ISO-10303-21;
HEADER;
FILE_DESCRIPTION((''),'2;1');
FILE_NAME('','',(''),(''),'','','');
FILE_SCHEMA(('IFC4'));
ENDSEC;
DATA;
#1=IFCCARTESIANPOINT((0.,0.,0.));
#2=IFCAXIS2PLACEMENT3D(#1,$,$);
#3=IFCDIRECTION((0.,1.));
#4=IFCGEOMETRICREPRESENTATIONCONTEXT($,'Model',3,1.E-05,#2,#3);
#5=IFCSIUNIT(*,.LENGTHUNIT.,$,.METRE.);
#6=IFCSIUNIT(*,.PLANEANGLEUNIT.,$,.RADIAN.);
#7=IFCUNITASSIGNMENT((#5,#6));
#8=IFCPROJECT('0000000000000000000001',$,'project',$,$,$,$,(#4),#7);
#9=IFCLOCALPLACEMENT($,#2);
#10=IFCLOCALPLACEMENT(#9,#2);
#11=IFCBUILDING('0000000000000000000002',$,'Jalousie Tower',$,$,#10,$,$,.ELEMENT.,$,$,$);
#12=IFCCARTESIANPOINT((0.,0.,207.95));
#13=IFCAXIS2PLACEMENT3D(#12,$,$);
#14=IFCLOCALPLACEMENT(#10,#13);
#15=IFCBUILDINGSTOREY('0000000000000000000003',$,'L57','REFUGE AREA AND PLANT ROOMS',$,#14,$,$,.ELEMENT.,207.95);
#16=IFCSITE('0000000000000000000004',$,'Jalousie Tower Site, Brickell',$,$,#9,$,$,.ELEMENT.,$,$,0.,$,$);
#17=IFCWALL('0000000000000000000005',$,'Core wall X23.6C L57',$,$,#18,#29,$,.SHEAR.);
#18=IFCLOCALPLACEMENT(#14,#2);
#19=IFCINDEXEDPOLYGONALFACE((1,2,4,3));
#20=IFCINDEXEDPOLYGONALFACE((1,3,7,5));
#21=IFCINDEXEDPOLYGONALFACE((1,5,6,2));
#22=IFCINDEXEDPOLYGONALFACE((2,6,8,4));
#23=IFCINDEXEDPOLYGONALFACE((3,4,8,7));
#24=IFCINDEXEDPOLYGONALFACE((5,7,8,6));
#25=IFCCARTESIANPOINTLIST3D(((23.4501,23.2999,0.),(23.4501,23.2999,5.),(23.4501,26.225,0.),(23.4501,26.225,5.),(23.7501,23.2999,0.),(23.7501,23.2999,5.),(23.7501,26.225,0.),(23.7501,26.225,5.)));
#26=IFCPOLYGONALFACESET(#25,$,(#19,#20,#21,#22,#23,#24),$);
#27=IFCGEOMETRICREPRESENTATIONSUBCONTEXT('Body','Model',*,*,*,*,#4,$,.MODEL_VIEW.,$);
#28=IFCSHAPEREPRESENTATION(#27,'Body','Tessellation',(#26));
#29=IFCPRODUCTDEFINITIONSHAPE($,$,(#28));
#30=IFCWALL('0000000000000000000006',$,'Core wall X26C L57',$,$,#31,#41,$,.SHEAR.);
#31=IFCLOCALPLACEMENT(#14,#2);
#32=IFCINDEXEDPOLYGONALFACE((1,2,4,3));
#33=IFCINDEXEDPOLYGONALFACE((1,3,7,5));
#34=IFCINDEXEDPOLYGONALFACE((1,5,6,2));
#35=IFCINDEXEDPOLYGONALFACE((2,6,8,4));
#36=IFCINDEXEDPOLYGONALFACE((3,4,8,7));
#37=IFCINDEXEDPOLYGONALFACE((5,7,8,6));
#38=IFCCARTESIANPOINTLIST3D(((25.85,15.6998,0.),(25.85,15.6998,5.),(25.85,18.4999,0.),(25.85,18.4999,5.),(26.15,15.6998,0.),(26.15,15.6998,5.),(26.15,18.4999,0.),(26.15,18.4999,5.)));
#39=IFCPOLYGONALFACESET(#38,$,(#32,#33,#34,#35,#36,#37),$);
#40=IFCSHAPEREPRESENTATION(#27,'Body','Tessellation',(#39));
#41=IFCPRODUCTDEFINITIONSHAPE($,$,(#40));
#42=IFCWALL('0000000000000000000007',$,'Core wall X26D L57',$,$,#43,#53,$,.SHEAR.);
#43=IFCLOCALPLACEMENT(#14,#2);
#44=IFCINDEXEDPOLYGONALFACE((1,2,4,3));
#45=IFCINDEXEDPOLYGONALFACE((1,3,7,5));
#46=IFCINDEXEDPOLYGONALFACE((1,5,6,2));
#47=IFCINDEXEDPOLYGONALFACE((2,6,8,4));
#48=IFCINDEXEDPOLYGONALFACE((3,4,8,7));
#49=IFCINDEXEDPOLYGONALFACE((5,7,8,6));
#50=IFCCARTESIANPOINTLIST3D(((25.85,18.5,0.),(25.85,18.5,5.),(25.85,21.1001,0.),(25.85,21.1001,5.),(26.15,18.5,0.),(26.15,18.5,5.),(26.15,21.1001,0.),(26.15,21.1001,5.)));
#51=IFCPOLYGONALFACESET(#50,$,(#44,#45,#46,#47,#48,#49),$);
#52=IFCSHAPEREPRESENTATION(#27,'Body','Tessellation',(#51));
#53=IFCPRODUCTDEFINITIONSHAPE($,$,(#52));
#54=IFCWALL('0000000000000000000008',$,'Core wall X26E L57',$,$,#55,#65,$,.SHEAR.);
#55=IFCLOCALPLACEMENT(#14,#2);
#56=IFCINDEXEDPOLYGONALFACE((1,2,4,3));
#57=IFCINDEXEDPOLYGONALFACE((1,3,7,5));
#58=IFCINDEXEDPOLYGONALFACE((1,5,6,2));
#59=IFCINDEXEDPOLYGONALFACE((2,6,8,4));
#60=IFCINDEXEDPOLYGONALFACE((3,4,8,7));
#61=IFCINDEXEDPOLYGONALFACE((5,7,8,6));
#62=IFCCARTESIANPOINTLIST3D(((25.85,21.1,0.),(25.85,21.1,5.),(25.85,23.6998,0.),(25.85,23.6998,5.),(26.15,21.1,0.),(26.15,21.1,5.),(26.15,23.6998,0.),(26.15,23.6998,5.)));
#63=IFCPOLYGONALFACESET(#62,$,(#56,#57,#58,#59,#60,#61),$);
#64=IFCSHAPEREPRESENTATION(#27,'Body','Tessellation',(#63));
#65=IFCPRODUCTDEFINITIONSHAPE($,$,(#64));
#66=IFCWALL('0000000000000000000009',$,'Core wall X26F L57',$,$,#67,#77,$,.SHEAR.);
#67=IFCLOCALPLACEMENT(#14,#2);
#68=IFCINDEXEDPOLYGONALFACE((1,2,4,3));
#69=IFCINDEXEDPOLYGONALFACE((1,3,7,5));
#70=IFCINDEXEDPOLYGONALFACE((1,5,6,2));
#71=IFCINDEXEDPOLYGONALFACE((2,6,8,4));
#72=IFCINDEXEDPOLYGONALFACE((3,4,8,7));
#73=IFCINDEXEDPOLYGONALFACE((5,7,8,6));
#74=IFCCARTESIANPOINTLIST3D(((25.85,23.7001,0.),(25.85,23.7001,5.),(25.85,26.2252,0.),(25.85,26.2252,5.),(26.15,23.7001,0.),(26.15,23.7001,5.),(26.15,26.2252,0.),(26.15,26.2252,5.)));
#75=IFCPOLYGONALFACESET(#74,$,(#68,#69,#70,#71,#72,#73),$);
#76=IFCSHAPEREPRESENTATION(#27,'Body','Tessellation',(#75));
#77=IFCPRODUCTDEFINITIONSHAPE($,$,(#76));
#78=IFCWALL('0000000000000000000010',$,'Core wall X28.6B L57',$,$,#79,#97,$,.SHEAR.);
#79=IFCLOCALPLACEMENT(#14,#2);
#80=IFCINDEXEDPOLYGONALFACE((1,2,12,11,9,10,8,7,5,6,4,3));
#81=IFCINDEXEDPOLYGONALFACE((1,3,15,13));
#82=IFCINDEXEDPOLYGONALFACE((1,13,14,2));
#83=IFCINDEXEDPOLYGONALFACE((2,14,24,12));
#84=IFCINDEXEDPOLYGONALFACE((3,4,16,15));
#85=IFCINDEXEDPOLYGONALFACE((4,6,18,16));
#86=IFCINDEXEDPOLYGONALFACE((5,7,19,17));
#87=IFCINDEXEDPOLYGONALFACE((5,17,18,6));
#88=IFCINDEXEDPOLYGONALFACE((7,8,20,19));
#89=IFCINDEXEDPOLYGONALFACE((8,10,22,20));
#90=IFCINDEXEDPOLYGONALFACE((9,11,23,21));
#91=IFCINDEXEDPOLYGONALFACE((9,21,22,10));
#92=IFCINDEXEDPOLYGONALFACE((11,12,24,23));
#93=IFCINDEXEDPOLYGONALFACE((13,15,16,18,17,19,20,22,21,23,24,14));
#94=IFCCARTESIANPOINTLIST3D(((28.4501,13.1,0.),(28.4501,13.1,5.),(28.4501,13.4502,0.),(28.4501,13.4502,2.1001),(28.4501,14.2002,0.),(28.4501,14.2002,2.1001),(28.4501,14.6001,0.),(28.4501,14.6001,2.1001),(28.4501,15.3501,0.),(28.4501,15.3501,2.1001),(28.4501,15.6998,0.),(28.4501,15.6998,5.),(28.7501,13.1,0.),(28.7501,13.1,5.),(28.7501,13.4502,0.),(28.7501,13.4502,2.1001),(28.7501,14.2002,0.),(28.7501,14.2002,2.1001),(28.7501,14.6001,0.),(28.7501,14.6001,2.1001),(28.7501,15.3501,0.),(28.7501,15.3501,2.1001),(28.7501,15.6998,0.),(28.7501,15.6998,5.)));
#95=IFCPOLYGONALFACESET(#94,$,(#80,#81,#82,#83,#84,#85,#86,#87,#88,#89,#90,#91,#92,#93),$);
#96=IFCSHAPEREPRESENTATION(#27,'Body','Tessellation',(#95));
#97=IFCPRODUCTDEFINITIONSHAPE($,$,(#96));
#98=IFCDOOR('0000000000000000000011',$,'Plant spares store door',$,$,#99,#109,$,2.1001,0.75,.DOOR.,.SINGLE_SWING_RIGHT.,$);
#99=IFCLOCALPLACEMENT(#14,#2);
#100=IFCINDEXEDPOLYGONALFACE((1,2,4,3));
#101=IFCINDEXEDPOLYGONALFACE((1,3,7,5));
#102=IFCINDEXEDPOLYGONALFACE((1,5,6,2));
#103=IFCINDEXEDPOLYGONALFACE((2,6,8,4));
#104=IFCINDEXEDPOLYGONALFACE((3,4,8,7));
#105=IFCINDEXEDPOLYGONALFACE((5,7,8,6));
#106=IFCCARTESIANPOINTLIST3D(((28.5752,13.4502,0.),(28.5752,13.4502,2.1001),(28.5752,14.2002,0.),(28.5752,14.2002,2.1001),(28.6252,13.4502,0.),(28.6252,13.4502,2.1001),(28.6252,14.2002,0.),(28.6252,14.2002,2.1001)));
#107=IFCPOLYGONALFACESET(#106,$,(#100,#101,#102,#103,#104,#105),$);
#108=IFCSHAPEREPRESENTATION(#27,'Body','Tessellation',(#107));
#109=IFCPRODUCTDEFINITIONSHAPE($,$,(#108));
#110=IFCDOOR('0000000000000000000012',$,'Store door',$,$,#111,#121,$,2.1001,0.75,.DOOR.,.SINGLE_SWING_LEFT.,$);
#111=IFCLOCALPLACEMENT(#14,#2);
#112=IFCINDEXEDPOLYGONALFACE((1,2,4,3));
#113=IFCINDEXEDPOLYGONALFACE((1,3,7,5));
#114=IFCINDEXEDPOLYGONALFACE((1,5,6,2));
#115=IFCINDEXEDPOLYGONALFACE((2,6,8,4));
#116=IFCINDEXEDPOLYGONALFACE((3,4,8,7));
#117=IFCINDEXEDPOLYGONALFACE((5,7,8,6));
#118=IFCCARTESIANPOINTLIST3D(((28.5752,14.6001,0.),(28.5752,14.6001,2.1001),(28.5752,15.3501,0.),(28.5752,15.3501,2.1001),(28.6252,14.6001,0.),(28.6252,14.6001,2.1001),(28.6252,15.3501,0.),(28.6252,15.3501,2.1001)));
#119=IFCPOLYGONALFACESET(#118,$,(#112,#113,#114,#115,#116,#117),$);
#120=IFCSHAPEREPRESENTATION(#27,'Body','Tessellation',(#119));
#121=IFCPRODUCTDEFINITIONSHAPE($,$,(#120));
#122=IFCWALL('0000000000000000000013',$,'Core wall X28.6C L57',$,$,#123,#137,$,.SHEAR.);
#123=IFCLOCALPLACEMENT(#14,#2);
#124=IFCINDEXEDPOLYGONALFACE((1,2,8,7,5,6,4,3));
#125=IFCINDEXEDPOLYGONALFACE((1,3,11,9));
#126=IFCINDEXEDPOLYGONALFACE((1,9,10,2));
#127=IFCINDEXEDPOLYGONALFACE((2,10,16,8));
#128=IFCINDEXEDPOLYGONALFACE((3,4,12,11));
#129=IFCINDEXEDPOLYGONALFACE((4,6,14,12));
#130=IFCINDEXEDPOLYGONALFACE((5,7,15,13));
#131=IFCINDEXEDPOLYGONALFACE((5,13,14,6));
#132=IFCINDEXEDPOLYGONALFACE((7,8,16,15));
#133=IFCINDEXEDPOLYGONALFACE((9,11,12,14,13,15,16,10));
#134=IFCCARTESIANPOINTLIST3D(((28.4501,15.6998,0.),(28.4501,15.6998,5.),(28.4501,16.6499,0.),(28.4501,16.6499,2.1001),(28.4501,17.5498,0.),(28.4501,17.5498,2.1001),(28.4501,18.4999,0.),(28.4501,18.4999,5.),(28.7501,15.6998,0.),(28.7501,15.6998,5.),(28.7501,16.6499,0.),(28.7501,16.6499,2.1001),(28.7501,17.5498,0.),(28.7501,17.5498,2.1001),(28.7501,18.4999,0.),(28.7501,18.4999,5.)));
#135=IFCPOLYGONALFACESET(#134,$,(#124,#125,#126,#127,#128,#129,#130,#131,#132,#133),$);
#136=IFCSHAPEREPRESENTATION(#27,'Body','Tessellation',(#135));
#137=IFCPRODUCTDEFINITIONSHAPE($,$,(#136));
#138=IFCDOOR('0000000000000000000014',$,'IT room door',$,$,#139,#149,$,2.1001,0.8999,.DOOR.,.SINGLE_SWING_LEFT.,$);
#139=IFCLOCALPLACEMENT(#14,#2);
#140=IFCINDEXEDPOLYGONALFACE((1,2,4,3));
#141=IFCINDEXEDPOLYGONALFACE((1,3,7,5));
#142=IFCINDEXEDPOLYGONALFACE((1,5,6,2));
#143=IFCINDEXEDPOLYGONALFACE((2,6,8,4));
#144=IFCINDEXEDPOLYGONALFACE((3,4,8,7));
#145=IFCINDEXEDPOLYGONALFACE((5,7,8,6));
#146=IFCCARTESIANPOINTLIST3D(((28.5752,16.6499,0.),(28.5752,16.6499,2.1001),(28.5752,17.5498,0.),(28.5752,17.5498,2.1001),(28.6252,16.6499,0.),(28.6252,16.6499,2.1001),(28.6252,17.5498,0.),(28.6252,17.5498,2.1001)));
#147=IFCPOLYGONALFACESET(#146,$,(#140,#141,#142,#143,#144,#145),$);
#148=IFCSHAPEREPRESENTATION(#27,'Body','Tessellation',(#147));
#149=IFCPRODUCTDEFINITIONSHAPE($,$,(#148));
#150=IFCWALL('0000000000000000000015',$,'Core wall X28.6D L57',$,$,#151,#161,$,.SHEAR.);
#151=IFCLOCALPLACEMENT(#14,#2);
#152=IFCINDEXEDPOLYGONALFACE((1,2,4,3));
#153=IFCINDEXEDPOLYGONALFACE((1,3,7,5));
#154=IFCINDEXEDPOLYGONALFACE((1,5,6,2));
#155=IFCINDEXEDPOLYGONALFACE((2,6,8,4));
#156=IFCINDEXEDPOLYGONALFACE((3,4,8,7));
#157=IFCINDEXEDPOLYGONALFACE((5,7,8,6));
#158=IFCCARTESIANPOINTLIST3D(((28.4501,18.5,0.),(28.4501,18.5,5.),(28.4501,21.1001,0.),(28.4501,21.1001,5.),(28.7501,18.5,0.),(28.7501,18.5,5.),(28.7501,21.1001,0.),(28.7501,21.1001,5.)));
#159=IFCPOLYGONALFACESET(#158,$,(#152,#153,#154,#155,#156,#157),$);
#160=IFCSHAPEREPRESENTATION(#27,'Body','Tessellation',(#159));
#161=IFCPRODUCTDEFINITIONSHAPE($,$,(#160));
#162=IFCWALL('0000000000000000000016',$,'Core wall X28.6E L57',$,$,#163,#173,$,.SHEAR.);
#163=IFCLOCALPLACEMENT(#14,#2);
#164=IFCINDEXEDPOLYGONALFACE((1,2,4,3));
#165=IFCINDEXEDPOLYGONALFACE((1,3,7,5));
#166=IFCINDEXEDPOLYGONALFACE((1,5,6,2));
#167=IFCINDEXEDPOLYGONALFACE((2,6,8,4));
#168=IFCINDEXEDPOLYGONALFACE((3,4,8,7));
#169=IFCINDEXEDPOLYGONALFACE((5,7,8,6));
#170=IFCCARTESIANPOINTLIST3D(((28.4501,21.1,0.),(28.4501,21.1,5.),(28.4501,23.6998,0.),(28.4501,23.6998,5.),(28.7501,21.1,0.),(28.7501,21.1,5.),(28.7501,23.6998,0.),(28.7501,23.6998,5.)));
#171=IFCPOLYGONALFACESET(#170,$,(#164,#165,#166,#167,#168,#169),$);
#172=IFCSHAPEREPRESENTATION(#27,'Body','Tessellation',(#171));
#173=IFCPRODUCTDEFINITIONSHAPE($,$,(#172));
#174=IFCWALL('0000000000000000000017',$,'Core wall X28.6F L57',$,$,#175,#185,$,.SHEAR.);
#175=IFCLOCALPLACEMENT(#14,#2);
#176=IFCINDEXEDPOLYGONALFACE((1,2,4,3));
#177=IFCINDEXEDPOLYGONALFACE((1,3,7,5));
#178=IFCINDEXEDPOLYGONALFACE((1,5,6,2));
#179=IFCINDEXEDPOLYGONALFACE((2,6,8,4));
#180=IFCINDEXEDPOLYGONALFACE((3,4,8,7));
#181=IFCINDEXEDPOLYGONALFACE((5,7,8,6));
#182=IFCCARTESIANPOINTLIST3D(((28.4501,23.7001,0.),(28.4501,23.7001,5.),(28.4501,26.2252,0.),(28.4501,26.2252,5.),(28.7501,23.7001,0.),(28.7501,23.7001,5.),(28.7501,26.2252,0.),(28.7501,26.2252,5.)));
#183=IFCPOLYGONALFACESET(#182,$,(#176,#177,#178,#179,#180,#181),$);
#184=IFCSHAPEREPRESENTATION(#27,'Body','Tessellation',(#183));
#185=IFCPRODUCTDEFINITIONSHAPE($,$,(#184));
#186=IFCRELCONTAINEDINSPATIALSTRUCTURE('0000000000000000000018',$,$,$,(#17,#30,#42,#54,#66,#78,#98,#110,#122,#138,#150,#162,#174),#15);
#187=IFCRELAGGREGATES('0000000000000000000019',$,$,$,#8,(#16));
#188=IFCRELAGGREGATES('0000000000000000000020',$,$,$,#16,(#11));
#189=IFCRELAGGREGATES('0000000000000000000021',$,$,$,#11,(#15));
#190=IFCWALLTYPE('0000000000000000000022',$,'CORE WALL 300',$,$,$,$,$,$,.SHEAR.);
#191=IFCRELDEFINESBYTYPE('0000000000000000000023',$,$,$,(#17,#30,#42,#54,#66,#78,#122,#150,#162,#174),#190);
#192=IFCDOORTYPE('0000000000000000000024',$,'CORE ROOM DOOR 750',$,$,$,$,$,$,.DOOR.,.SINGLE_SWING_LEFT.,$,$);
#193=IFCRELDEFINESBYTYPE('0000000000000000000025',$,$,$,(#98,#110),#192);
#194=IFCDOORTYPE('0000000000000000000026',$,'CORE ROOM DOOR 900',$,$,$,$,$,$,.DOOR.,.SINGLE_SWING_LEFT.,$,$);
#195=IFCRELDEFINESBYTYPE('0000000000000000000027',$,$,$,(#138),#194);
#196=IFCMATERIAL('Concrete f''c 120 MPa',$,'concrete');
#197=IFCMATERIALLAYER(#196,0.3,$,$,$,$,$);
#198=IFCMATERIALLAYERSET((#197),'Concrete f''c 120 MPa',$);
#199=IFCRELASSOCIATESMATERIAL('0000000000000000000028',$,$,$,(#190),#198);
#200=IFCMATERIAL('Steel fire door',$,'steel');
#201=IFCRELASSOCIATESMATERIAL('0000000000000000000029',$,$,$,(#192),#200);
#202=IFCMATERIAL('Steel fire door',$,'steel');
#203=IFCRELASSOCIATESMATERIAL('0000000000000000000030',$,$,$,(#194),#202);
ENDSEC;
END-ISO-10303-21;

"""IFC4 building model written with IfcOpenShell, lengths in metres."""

from ifc_helpers import new_model, si_unit, direction, frame, frame_2d, origin, place, context, subcontext, project, spatial, rectangle, extrude, material, layer, layer_set, type_object, element, fill, save


model = new_model("IFC4")

# Units and contexts
model_context = context("Model", 3, precision=1e-05, world=origin(), true_north=direction((0.0, 1.0)))
body_context = subcontext(model_context, "Body", "Model", "MODEL_VIEW")
ifc_project = project(units=[si_unit("LENGTHUNIT", "METRE"), si_unit("PLANEANGLEUNIT", "RADIAN")], contexts=[model_context])

# Site, building, storey
site_placement = place(None, origin())
site = spatial("IfcSite", under=ifc_project, at=site_placement, Name="Jalousie Tower Site, Brickell", CompositionType="ELEMENT", RefElevation=0.0)
building_placement = place(site_placement, origin())
building = spatial("IfcBuilding", under=site, at=building_placement, Name="Jalousie Tower", CompositionType="ELEMENT")
storey_placement = place(building_placement, frame((0.0, 0.0, 207.95)))
storey = spatial("IfcBuildingStorey", under=building, at=storey_placement, Name="L57", Description="REFUGE AREA AND PLANT ROOMS", CompositionType="ELEMENT", Elevation=207.95)

# Walls
ifc_material_1 = material(Name="Concrete f'c 120 MPa", Category="concrete")
ifc_layer = layer(ifc_material_1, 0.3)
ifc_layer_set = layer_set([ifc_layer], Name="Concrete f'c 120 MPa")
wall_type_1 = type_object("IfcWallType", Name="CORE WALL 300", PredefinedType="SHEAR", material=ifc_layer_set)
wall_1_placement = place(storey_placement, frame((23.6001, 23.3, 0.0), z_axis=(0.0, 0.0, 1.0), x_axis=(0.0, 1.0, 0.0)))
element("IfcWall", 1, at=wall_1_placement, inside=storey, type_object=wall_type_1, Name="Core wall X23.6C L57", PredefinedType="SHEAR", context=body_context, shape_type="SweptSolid", body=[
    extrude(rectangle(XDim=2.925, YDim=0.3, at=frame_2d((1.4624, 0.0))), origin(), (0.0, 0.0, 1.0), 5.0),
])
wall_2_placement = place(storey_placement, frame((26.0, 15.7, 0.0), z_axis=(0.0, 0.0, 1.0), x_axis=(0.0, 1.0, 0.0)))
element("IfcWall", 2, at=wall_2_placement, inside=storey, type_object=wall_type_1, Name="Core wall X26C L57", PredefinedType="SHEAR", context=body_context, shape_type="SweptSolid", body=[
    extrude(rectangle(XDim=2.8, YDim=0.3, at=frame_2d((1.3999, 0.0))), origin(), (0.0, 0.0, 1.0), 5.0),
])
wall_3_placement = place(storey_placement, frame((26.0, 18.5, 0.0), z_axis=(0.0, 0.0, 1.0), x_axis=(0.0, 1.0, 0.0)))
element("IfcWall", 3, at=wall_3_placement, inside=storey, type_object=wall_type_1, Name="Core wall X26D L57", PredefinedType="SHEAR", context=body_context, shape_type="SweptSolid", body=[
    extrude(rectangle(XDim=2.6001, YDim=0.3, at=frame_2d((1.3, 0.0))), origin(), (0.0, 0.0, 1.0), 5.0),
])
wall_4_placement = place(storey_placement, frame((26.0, 21.1001, 0.0), z_axis=(0.0, 0.0, 1.0), x_axis=(0.0, 1.0, 0.0)))
element("IfcWall", 4, at=wall_4_placement, inside=storey, type_object=wall_type_1, Name="Core wall X26E L57", PredefinedType="SHEAR", context=body_context, shape_type="SweptSolid", body=[
    extrude(rectangle(XDim=2.5999, YDim=0.3, at=frame_2d((1.2998, 0.0))), origin(), (0.0, 0.0, 1.0), 5.0),
])
wall_5_placement = place(storey_placement, frame((26.0, 23.7, 0.0), z_axis=(0.0, 0.0, 1.0), x_axis=(0.0, 1.0, 0.0)))
element("IfcWall", 5, at=wall_5_placement, inside=storey, type_object=wall_type_1, Name="Core wall X26F L57", PredefinedType="SHEAR", context=body_context, shape_type="SweptSolid", body=[
    extrude(rectangle(XDim=2.5251, YDim=0.3, at=frame_2d((1.2627, 0.0))), origin(), (0.0, 0.0, 1.0), 5.0),
])

# Wall, openings, doors
wall_6_placement = place(storey_placement, frame((28.6001, 13.1001, 0.0), z_axis=(0.0, 0.0, 1.0), x_axis=(0.0, 1.0, 0.0)))
wall_6 = element("IfcWall", 6, at=wall_6_placement, inside=storey, type_object=wall_type_1, Name="Core wall X28.6B L57", PredefinedType="SHEAR", context=body_context, shape_type="SweptSolid", body=[
    extrude(rectangle(XDim=2.5999, YDim=0.3, at=frame_2d((1.2998, 0.0))), origin(), (0.0, 0.0, 1.0), 5.0),
])
opening_1_placement = place(wall_6_placement, frame((0.3501, 0.0, 0.0)))
opening_1 = element("IfcOpeningElement", 7, at=opening_1_placement, cuts=wall_6, PredefinedType="OPENING", context=body_context, shape_type="SweptSolid", body=[
    extrude(rectangle(XDim=0.75, YDim=2.1001, at=frame_2d((0.375, 1.05))), frame((0.0, 0.1599, 0.0), z_axis=(0.0, -1.0, 0.0), x_axis=(1.0, 0.0, 0.0)), (0.0, 0.0, 1.0), 0.3201),
])
opening_2_placement = place(wall_6_placement, frame((1.5, 0.0, 0.0)))
opening_2 = element("IfcOpeningElement", 8, at=opening_2_placement, cuts=wall_6, PredefinedType="OPENING", context=body_context, shape_type="SweptSolid", body=[
    extrude(rectangle(XDim=0.75, YDim=2.1001, at=frame_2d((0.375, 1.05))), frame((0.0, 0.1599, 0.0), z_axis=(0.0, -1.0, 0.0), x_axis=(1.0, 0.0, 0.0)), (0.0, 0.0, 1.0), 0.3201),
])
ifc_material_2 = material(Name="Steel fire door", Category="steel")
door_type_1 = type_object("IfcDoorType", Name="CORE ROOM DOOR 750", OperationType="SINGLE_SWING_LEFT", PredefinedType="DOOR", material=ifc_material_2)
door_1_placement = place(opening_1_placement, origin())
door_1 = element("IfcDoor", 9, at=door_1_placement, inside=storey, type_object=door_type_1, Name="Plant spares store door", OperationType="SINGLE_SWING_RIGHT", OverallHeight=2.1001, OverallWidth=0.75, PredefinedType="DOOR", context=body_context, shape_type="SweptSolid", body=[
    extrude(rectangle(XDim=0.75, YDim=2.1001, at=frame_2d((0.375, 1.05))), frame((0.0, 0.0249, 0.0), z_axis=(0.0, -1.0, 0.0), x_axis=(1.0, 0.0, 0.0)), (0.0, 0.0, 1.0), 0.05),
])
fill(opening_1, door_1)
door_2_placement = place(opening_2_placement, origin())
door_2 = element("IfcDoor", 10, at=door_2_placement, inside=storey, type_object=door_type_1, Name="Store door", OperationType="SINGLE_SWING_LEFT", OverallHeight=2.1001, OverallWidth=0.75, PredefinedType="DOOR", context=body_context, shape_type="SweptSolid", body=[
    extrude(rectangle(XDim=0.75, YDim=2.1001, at=frame_2d((0.375, 1.05))), frame((0.0, 0.0249, 0.0), z_axis=(0.0, -1.0, 0.0), x_axis=(1.0, 0.0, 0.0)), (0.0, 0.0, 1.0), 0.05),
])
fill(opening_2, door_2)

# Wall, opening, door
wall_7_placement = place(storey_placement, frame((28.6001, 15.7, 0.0), z_axis=(0.0, 0.0, 1.0), x_axis=(0.0, 1.0, 0.0)))
wall_7 = element("IfcWall", 11, at=wall_7_placement, inside=storey, type_object=wall_type_1, Name="Core wall X28.6C L57", PredefinedType="SHEAR", context=body_context, shape_type="SweptSolid", body=[
    extrude(rectangle(XDim=2.8, YDim=0.3, at=frame_2d((1.3999, 0.0))), origin(), (0.0, 0.0, 1.0), 5.0),
])
opening_3_placement = place(wall_7_placement, frame((0.95, 0.0, 0.0)))
opening_3 = element("IfcOpeningElement", 12, at=opening_3_placement, cuts=wall_7, PredefinedType="OPENING", context=body_context, shape_type="SweptSolid", body=[
    extrude(rectangle(XDim=0.8999, YDim=2.1001, at=frame_2d((0.45, 1.05))), frame((0.0, 0.1599, 0.0), z_axis=(0.0, -1.0, 0.0), x_axis=(1.0, 0.0, 0.0)), (0.0, 0.0, 1.0), 0.3201),
])
ifc_material_3 = material(Name="Steel fire door", Category="steel")
door_type_2 = type_object("IfcDoorType", Name="CORE ROOM DOOR 900", OperationType="SINGLE_SWING_LEFT", PredefinedType="DOOR", material=ifc_material_3)
door_3_placement = place(opening_3_placement, origin())
door_3 = element("IfcDoor", 13, at=door_3_placement, inside=storey, type_object=door_type_2, Name="IT room door", OperationType="SINGLE_SWING_LEFT", OverallHeight=2.1001, OverallWidth=0.8999, PredefinedType="DOOR", context=body_context, shape_type="SweptSolid", body=[
    extrude(rectangle(XDim=0.8999, YDim=2.1001, at=frame_2d((0.45, 1.05))), frame((0.0, 0.0249, 0.0), z_axis=(0.0, -1.0, 0.0), x_axis=(1.0, 0.0, 0.0)), (0.0, 0.0, 1.0), 0.05),
])
fill(opening_3, door_3)

# Walls
wall_8_placement = place(storey_placement, frame((28.6001, 18.5, 0.0), z_axis=(0.0, 0.0, 1.0), x_axis=(0.0, 1.0, 0.0)))
element("IfcWall", 14, at=wall_8_placement, inside=storey, type_object=wall_type_1, Name="Core wall X28.6D L57", PredefinedType="SHEAR", context=body_context, shape_type="SweptSolid", body=[
    extrude(rectangle(XDim=2.6001, YDim=0.3, at=frame_2d((1.3, 0.0))), origin(), (0.0, 0.0, 1.0), 5.0),
])
wall_9_placement = place(storey_placement, frame((28.6001, 21.1001, 0.0), z_axis=(0.0, 0.0, 1.0), x_axis=(0.0, 1.0, 0.0)))
element("IfcWall", 15, at=wall_9_placement, inside=storey, type_object=wall_type_1, Name="Core wall X28.6E L57", PredefinedType="SHEAR", context=body_context, shape_type="SweptSolid", body=[
    extrude(rectangle(XDim=2.5999, YDim=0.3, at=frame_2d((1.2998, 0.0))), origin(), (0.0, 0.0, 1.0), 5.0),
])
wall_10_placement = place(storey_placement, frame((28.6001, 23.7, 0.0), z_axis=(0.0, 0.0, 1.0), x_axis=(0.0, 1.0, 0.0)))
element("IfcWall", 16, at=wall_10_placement, inside=storey, type_object=wall_type_1, Name="Core wall X28.6F L57", PredefinedType="SHEAR", context=body_context, shape_type="SweptSolid", body=[
    extrude(rectangle(XDim=2.5251, YDim=0.3, at=frame_2d((1.2627, 0.0))), origin(), (0.0, 0.0, 1.0), 5.0),
])

save(model, "model.ifc")
